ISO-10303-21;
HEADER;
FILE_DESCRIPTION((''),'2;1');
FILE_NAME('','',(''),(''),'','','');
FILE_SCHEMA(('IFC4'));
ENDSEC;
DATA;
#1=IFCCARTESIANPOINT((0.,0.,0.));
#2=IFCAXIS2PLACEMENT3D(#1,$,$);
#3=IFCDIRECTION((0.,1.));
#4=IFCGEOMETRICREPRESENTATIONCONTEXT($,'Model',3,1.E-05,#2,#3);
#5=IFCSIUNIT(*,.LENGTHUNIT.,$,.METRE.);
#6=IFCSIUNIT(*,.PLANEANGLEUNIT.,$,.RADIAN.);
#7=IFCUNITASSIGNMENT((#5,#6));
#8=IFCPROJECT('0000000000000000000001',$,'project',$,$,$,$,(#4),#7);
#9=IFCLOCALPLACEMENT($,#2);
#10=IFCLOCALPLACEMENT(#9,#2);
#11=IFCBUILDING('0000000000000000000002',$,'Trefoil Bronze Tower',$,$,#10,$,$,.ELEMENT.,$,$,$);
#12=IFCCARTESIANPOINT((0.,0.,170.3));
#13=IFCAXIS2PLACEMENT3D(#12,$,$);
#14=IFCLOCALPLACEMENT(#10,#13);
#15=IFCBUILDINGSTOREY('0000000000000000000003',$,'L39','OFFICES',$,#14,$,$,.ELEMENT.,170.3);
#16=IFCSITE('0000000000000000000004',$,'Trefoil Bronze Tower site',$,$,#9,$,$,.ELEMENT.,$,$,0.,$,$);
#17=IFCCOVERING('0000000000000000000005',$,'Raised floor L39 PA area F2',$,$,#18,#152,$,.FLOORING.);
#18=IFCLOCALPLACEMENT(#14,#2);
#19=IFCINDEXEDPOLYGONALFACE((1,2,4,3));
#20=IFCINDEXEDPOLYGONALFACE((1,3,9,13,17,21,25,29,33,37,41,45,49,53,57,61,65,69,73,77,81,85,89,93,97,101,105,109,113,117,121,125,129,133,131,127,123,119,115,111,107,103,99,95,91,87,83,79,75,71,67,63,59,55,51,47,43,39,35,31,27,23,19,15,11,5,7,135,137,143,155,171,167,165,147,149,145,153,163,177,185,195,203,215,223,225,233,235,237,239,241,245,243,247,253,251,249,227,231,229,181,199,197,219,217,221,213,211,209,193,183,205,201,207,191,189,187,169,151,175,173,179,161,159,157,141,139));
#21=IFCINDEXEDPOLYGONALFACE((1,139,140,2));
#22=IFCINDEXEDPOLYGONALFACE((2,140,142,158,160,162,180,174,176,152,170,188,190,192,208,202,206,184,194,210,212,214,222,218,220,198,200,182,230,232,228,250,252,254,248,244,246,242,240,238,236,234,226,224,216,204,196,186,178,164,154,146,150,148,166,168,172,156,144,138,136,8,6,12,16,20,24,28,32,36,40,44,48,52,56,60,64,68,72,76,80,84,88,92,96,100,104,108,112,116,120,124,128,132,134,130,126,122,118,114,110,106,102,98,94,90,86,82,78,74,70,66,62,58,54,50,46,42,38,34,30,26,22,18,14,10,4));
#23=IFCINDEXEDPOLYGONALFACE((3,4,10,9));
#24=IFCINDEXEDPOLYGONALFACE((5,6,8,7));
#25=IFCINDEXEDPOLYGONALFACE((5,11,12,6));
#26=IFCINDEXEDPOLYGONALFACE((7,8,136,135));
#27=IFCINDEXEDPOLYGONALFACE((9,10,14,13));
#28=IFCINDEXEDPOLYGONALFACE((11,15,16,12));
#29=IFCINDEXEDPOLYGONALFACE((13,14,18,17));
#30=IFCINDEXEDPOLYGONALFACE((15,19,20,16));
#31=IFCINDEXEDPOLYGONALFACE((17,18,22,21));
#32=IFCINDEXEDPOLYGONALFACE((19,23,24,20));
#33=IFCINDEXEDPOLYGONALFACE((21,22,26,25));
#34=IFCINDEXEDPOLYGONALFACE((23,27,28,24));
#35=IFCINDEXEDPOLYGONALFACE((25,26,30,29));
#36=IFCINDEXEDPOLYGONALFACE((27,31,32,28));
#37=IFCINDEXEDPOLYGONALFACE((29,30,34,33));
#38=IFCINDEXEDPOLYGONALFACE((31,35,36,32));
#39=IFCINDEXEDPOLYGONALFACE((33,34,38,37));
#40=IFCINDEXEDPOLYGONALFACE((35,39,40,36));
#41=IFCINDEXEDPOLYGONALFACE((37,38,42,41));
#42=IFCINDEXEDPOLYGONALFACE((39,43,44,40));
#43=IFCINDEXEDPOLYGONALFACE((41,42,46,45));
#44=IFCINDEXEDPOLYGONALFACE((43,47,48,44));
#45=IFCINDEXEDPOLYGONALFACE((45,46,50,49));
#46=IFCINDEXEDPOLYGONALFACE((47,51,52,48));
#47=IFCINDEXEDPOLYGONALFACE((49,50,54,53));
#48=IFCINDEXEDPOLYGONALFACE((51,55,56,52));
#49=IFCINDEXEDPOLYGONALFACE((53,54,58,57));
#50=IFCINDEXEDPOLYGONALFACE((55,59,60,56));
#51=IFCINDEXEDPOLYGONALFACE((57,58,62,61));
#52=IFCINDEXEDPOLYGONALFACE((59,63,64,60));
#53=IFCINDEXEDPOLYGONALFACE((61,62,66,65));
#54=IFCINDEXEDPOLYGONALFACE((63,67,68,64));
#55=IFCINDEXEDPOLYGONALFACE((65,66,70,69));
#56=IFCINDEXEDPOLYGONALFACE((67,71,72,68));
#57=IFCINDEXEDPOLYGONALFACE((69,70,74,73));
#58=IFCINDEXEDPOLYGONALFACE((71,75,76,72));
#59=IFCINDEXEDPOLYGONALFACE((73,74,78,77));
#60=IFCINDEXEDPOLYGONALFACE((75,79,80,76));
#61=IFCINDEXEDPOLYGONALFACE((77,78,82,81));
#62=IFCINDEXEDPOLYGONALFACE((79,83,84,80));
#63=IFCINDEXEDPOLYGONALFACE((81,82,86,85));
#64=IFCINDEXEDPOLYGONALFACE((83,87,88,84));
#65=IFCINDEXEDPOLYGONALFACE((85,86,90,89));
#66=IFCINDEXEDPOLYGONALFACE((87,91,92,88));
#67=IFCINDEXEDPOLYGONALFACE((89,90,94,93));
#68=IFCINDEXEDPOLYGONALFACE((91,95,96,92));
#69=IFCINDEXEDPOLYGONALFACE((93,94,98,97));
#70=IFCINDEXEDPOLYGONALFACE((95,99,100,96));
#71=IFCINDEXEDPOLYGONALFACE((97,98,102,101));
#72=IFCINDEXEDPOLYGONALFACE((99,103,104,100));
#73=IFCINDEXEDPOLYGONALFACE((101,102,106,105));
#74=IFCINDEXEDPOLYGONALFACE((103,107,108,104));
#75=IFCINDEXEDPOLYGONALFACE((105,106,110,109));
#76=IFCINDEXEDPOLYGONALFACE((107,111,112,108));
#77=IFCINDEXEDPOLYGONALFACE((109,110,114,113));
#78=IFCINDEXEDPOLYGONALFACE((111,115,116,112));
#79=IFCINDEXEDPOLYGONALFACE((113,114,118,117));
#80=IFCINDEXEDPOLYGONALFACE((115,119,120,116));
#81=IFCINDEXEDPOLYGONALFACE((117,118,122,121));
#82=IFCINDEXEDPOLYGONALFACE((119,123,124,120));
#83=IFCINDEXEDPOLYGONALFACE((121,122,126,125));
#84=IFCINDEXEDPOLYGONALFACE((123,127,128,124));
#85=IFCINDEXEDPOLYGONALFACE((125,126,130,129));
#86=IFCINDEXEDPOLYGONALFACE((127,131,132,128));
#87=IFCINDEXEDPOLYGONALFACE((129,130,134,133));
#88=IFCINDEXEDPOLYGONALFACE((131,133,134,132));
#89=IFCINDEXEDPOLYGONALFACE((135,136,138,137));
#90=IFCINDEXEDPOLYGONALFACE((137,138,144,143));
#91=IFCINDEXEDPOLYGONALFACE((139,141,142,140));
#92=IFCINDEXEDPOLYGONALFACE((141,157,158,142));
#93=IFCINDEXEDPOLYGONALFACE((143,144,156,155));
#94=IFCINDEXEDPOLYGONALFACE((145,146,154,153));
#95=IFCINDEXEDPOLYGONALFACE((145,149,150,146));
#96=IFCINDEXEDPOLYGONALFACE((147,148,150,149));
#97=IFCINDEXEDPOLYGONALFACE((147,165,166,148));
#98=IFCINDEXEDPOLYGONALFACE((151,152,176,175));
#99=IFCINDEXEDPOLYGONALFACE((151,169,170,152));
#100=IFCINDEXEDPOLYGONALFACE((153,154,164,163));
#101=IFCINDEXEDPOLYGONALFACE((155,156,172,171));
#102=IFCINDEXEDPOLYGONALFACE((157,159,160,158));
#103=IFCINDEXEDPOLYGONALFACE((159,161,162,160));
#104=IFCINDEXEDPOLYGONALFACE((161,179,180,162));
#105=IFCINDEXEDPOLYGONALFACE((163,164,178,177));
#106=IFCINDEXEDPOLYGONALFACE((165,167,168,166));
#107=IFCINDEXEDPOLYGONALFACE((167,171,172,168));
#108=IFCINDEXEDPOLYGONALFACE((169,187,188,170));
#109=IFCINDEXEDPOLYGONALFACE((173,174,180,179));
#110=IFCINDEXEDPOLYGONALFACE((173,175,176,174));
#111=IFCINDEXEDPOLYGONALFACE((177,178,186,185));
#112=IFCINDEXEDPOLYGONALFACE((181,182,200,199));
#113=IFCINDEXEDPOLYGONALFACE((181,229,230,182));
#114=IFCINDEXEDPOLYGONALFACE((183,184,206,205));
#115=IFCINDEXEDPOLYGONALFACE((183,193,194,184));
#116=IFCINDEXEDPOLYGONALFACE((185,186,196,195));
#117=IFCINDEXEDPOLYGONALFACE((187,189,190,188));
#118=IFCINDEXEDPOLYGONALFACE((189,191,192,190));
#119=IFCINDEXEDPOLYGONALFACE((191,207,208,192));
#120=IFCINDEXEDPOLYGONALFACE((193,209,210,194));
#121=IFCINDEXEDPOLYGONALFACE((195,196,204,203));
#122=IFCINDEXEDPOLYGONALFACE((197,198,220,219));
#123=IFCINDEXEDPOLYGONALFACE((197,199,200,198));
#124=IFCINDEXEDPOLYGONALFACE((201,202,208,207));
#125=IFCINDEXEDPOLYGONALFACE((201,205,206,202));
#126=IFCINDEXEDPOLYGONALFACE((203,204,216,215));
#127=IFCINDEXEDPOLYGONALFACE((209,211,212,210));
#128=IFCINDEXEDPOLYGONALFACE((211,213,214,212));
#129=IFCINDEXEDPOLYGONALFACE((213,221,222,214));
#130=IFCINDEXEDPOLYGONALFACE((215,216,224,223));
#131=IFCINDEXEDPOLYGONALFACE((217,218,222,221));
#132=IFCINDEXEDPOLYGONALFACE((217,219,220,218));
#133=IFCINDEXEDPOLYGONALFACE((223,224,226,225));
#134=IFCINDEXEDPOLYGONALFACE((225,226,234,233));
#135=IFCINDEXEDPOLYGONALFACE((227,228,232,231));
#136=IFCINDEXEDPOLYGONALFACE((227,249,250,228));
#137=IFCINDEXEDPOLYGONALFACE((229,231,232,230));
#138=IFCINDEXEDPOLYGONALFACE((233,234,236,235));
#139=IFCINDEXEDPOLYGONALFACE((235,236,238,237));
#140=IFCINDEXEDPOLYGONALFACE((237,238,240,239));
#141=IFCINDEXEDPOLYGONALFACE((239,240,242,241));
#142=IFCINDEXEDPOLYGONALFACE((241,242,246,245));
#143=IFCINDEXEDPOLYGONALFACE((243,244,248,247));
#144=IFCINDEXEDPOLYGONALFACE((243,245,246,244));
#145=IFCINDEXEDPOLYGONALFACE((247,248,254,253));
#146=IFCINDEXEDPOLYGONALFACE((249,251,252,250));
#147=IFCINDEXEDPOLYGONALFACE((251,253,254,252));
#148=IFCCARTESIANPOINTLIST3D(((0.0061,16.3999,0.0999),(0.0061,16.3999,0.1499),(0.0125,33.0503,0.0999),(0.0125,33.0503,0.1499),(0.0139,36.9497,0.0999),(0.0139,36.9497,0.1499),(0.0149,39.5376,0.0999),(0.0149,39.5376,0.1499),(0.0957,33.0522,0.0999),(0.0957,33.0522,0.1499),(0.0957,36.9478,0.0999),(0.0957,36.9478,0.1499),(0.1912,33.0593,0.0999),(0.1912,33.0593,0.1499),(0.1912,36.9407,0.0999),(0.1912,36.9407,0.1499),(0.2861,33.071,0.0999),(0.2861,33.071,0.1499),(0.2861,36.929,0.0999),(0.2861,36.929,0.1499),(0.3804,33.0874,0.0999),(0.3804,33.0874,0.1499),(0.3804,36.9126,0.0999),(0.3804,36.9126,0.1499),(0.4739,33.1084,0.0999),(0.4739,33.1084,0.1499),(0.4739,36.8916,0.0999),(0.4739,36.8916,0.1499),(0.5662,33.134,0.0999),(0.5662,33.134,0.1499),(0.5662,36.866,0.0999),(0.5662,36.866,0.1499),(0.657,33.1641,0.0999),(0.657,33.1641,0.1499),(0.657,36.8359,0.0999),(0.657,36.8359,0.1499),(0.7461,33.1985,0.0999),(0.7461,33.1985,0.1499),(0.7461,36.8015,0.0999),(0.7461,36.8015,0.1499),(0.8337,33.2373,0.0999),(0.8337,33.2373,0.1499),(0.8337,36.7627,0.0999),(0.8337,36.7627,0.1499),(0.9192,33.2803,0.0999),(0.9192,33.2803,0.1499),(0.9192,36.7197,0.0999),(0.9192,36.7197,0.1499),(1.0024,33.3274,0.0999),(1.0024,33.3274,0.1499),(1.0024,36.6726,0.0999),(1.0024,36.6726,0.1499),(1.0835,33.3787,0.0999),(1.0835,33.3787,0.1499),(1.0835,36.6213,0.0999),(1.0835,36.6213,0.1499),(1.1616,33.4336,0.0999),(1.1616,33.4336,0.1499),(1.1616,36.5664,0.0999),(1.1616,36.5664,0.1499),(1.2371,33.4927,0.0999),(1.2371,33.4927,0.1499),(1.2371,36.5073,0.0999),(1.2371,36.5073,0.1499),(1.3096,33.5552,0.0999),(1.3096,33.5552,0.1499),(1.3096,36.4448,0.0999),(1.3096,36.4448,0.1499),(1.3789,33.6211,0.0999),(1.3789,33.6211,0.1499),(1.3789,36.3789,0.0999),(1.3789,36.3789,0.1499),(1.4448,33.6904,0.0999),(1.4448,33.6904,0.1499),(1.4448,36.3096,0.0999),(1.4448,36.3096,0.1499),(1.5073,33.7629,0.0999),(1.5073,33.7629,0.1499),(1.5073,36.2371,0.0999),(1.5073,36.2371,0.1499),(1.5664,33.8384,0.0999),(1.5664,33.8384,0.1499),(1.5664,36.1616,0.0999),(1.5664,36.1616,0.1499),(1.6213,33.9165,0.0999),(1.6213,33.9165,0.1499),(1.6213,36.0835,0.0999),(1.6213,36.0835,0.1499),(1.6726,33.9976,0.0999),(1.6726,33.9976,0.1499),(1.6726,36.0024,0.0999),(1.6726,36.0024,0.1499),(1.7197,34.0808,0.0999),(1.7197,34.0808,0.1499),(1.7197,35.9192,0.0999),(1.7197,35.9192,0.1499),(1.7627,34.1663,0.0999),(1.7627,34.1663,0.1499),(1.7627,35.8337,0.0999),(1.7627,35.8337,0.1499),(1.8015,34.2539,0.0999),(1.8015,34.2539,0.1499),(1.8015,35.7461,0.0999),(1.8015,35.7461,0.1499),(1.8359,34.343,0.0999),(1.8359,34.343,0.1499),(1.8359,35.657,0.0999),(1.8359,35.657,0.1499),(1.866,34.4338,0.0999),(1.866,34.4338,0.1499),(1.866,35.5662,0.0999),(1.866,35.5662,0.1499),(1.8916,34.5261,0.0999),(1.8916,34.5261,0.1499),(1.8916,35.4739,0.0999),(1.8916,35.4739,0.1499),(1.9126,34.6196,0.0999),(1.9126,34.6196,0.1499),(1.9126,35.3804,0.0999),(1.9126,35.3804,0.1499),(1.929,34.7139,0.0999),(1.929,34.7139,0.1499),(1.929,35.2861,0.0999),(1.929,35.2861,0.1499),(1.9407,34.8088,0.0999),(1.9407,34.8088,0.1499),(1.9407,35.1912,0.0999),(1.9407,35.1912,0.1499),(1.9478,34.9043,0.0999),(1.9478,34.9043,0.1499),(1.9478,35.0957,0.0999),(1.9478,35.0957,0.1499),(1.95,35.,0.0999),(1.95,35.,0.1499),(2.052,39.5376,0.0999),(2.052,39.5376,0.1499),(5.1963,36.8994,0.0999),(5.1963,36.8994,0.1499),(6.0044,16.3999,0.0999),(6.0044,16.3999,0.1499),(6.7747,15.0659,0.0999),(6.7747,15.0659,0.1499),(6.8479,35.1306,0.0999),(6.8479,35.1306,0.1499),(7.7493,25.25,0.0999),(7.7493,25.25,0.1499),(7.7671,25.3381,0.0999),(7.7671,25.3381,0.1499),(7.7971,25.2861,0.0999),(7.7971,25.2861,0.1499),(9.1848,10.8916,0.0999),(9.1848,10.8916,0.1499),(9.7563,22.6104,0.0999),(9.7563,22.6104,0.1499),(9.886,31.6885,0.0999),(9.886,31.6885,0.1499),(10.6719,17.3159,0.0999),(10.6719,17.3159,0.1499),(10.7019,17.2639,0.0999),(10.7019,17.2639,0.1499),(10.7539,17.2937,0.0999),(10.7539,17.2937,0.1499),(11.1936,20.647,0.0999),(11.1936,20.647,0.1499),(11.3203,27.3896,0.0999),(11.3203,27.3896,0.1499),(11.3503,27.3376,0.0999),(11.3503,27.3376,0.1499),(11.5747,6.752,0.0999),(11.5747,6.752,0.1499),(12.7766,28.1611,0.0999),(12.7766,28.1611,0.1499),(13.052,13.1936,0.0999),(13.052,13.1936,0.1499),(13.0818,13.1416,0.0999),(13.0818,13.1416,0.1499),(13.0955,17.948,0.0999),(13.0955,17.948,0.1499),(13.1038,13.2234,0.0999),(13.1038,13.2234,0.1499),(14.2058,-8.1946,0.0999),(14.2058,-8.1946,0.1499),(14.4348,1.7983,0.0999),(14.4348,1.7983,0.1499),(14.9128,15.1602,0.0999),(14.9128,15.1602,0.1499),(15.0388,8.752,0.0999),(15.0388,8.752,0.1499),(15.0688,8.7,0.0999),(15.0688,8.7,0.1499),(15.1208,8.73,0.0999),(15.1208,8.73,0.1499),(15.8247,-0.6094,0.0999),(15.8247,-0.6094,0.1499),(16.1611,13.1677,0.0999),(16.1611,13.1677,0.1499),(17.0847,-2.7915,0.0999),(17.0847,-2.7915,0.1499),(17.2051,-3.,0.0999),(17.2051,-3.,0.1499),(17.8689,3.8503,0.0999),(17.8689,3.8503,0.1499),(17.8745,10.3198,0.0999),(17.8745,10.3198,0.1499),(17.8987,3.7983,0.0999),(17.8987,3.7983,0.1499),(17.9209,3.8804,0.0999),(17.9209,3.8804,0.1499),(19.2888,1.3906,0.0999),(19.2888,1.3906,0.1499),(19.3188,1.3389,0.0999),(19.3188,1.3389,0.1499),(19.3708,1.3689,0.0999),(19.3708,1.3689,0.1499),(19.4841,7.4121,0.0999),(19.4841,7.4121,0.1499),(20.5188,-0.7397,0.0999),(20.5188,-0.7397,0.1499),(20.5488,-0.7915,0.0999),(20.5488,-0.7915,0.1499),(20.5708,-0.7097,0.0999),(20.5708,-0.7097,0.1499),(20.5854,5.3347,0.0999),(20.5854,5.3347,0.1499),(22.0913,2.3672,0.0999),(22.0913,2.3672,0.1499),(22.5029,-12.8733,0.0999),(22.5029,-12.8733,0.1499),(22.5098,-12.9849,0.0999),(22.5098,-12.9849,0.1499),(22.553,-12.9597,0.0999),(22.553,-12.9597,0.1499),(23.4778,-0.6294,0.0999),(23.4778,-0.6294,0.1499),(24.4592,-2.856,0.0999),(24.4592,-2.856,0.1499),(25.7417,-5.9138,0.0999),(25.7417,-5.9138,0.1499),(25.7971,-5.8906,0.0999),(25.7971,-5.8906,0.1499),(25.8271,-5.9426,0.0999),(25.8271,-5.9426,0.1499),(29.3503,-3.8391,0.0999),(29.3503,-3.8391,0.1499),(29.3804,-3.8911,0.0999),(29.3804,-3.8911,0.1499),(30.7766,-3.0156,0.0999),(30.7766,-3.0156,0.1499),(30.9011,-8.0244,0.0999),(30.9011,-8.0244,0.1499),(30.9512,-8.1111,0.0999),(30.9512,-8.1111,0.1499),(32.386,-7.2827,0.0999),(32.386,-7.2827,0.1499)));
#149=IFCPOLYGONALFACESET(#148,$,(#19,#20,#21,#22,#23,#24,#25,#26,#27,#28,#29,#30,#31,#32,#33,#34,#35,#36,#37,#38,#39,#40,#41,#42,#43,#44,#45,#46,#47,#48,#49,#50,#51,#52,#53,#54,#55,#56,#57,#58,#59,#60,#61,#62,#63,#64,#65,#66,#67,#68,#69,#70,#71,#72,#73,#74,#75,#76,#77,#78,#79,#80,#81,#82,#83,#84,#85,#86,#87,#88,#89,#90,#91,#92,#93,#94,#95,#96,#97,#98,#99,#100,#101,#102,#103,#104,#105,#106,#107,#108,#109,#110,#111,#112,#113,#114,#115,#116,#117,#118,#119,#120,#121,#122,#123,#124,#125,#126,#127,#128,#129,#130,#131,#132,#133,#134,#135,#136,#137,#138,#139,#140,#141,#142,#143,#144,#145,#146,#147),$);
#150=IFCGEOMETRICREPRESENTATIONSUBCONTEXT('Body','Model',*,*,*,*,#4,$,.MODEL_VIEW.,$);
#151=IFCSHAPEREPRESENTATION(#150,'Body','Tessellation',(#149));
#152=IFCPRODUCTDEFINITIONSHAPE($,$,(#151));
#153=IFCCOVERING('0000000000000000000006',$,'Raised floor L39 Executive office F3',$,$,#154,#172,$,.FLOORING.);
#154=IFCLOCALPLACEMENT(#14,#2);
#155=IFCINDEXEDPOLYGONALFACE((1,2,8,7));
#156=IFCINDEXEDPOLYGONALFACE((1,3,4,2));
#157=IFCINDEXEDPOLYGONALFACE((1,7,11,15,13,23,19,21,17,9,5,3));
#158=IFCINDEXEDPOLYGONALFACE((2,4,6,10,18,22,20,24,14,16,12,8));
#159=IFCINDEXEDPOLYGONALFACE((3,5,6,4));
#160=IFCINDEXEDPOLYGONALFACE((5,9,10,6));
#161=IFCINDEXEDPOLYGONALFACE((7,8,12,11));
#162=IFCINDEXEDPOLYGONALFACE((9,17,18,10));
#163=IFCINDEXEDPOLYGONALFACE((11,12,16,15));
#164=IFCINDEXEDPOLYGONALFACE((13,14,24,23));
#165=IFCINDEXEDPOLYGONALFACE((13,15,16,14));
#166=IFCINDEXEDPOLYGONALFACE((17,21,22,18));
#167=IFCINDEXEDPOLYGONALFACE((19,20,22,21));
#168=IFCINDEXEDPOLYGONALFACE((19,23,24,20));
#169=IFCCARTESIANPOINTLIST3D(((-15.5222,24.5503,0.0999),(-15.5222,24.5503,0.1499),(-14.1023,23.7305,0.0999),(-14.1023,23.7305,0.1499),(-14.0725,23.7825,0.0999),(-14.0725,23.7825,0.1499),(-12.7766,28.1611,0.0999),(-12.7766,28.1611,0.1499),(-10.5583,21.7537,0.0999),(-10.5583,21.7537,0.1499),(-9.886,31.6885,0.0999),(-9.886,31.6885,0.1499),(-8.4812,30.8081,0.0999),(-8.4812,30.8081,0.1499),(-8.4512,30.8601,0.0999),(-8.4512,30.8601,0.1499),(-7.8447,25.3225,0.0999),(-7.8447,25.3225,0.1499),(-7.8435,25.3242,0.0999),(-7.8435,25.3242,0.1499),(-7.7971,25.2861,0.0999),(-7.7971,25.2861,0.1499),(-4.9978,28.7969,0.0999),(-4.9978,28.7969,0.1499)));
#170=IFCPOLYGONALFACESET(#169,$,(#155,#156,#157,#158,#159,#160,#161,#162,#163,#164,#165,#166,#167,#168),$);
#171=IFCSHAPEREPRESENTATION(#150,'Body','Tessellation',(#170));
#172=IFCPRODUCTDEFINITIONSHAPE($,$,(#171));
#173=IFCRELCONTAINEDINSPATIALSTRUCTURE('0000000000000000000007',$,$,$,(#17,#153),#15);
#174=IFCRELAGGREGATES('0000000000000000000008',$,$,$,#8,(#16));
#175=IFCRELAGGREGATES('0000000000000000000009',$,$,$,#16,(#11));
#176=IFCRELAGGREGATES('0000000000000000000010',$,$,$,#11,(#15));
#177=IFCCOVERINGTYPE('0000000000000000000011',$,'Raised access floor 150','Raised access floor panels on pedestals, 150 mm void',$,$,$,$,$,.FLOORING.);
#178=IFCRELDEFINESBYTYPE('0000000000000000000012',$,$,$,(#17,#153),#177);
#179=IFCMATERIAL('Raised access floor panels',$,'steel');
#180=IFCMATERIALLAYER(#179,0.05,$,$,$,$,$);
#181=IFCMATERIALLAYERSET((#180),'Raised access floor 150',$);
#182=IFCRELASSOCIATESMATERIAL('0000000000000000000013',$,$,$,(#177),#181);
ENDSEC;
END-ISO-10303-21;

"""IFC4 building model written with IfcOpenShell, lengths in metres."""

from ifc_helpers import new_model, si_unit, direction, frame, origin, place, context, subcontext, project, spatial, polyline, outline, extrude, material, layer, layer_set, type_object, element, save


model = new_model("IFC4")

# Units and contexts
model_context = context("Model", 3, precision=1e-05, world=origin(), true_north=direction((0.0, 1.0)))
body_context = subcontext(model_context, "Body", "Model", "MODEL_VIEW")
ifc_project = project(units=[si_unit("LENGTHUNIT", "METRE"), si_unit("PLANEANGLEUNIT", "RADIAN")], contexts=[model_context])

# Site, building, storey
site_placement = place(None, origin())
site = spatial("IfcSite", under=ifc_project, at=site_placement, Name="Trefoil Bronze Tower site", CompositionType="ELEMENT", RefElevation=0.0)
building_placement = place(site_placement, origin())
building = spatial("IfcBuilding", under=site, at=building_placement, Name="Trefoil Bronze Tower", CompositionType="ELEMENT")
storey_placement = place(building_placement, frame((0.0, 0.0, 170.3)))
storey = spatial("IfcBuildingStorey", under=building, at=storey_placement, Name="L39", Description="OFFICES", CompositionType="ELEMENT", Elevation=170.3)

# Coverings
ifc_material_1 = material(Name="Raised access floor panels", Category="steel")
ifc_layer_1 = layer(ifc_material_1, 0.05)
ifc_layer_set_1 = layer_set([ifc_layer_1], Name="Raised access floor 150")
covering_type_1 = type_object("IfcCoveringType", Name="Raised access floor 150", Description="Raised access floor panels on pedestals, 150 mm void", PredefinedType="FLOORING", material=ifc_layer_set_1)
covering_1_placement = place(storey_placement, frame((0.0, 0.0, 0.0999)))
element("IfcCovering", 1, at=covering_1_placement, inside=storey, type_object=covering_type_1, Name="Raised floor L39 PA area F2", PredefinedType="FLOORING", context=body_context, shape_type="SweptSolid", body=[
    extrude(outline(polyline([(9.886, 31.6885), (12.7766, 28.1611), (11.3503, 27.3376), (11.3203, 27.3896), (7.7671, 25.3381), (7.7971, 25.2861), (7.7493, 25.25), (9.7563, 22.6104), (11.1936, 20.647), (13.0955, 17.948), (14.9128, 15.1602), (16.1611, 13.1677), (17.8745, 10.3198), (19.4841, 7.4121), (20.5854, 5.3347), (22.0913, 2.3672), (23.4778, -0.6294), (24.4592, -2.856), (25.7417, -5.9138), (25.7971, -5.8906), (25.8271, -5.9426), (29.3804, -3.8911), (29.3503, -3.8391), (30.7766, -3.0156), (32.386, -7.2827), (30.9512, -8.1111), (30.9011, -8.0244), (22.5029, -12.8733), (22.553, -12.9597), (22.5098, -12.9849), (14.2058, -8.1946), (17.2051, -3.0), (17.0847, -2.7915), (20.5488, -0.7915), (20.5188, -0.7397), (20.5708, -0.7097), (19.3708, 1.3689), (19.3188, 1.3389), (19.2888, 1.3906), (15.8247, -0.6094), (14.4348, 1.7983), (17.8987, 3.7983), (17.8689, 3.8503), (17.9209, 3.8804), (15.1208, 8.73), (15.0688, 8.7), (15.0388, 8.752), (11.5747, 6.752), (9.1848, 10.8916), (13.0818, 13.1416), (13.052, 13.1936), (13.1038, 13.2234), (10.7539, 17.2937), (10.7019, 17.2639), (10.6719, 17.3159), (6.7747, 15.0659), (6.0044, 16.3999), (0.0061, 16.3999), (0.0125, 33.0503), (0.0957, 33.0522), (0.1912, 33.0593), (0.2861, 33.071), (0.3804, 33.0874), (0.4739, 33.1084), (0.5662, 33.134), (0.657, 33.1641), (0.7461, 33.1985), (0.8337, 33.2373), (0.9192, 33.2803), (1.0024, 33.3274), (1.0835, 33.3787), (1.1616, 33.4336), (1.2371, 33.4927), (1.3096, 33.5552), (1.3789, 33.6211), (1.4448, 33.6904), (1.5073, 33.7629), (1.5664, 33.8384), (1.6213, 33.9165), (1.6726, 33.9976), (1.7197, 34.0808), (1.7627, 34.1663), (1.8015, 34.2539), (1.8359, 34.343), (1.866, 34.4338), (1.8916, 34.5261), (1.9126, 34.6196), (1.929, 34.7139), (1.9407, 34.8088), (1.9478, 34.9043), (1.95, 35.0), (1.9478, 35.0957), (1.9407, 35.1912), (1.929, 35.2861), (1.9126, 35.3804), (1.8916, 35.4739), (1.866, 35.5662), (1.8359, 35.657), (1.8015, 35.7461), (1.7627, 35.8337), (1.7197, 35.9192), (1.6726, 36.0024), (1.6213, 36.0835), (1.5664, 36.1616), (1.5073, 36.2371), (1.4448, 36.3096), (1.3789, 36.3789), (1.3096, 36.4448), (1.2371, 36.5073), (1.1616, 36.5664), (1.0835, 36.6213), (1.0024, 36.6726), (0.9192, 36.7197), (0.8337, 36.7627), (0.7461, 36.8015), (0.657, 36.8359), (0.5662, 36.866), (0.4739, 36.8916), (0.3804, 36.9126), (0.2861, 36.929), (0.1912, 36.9407), (0.0957, 36.9478), (0.0139, 36.9497), (0.0149, 39.5376), (2.052, 39.5376), (5.1963, 36.8994), (6.8479, 35.1306), (9.886, 31.6885)])), origin(), (0.0, 0.0, 1.0), 0.05),
])
covering_2_placement = place(storey_placement, frame((0.0, 0.0, 0.0999)))
element("IfcCovering", 2, at=covering_2_placement, inside=storey, type_object=covering_type_1, Name="Raised floor L39 Executive office F3", PredefinedType="FLOORING", context=body_context, shape_type="SweptSolid", body=[
    extrude(outline(polyline([(-12.7766, 28.1611), (-9.886, 31.6885), (-8.4512, 30.8601), (-8.4812, 30.8081), (-4.9978, 28.7969), (-7.8435, 25.3242), (-7.7971, 25.2861), (-7.8447, 25.3225), (-10.5583, 21.7537), (-14.0725, 23.7825), (-14.1023, 23.7305), (-15.5222, 24.5503), (-12.7766, 28.1611)])), origin(), (0.0, 0.0, 1.0), 0.05),
])

save(model, "model.ifc")
